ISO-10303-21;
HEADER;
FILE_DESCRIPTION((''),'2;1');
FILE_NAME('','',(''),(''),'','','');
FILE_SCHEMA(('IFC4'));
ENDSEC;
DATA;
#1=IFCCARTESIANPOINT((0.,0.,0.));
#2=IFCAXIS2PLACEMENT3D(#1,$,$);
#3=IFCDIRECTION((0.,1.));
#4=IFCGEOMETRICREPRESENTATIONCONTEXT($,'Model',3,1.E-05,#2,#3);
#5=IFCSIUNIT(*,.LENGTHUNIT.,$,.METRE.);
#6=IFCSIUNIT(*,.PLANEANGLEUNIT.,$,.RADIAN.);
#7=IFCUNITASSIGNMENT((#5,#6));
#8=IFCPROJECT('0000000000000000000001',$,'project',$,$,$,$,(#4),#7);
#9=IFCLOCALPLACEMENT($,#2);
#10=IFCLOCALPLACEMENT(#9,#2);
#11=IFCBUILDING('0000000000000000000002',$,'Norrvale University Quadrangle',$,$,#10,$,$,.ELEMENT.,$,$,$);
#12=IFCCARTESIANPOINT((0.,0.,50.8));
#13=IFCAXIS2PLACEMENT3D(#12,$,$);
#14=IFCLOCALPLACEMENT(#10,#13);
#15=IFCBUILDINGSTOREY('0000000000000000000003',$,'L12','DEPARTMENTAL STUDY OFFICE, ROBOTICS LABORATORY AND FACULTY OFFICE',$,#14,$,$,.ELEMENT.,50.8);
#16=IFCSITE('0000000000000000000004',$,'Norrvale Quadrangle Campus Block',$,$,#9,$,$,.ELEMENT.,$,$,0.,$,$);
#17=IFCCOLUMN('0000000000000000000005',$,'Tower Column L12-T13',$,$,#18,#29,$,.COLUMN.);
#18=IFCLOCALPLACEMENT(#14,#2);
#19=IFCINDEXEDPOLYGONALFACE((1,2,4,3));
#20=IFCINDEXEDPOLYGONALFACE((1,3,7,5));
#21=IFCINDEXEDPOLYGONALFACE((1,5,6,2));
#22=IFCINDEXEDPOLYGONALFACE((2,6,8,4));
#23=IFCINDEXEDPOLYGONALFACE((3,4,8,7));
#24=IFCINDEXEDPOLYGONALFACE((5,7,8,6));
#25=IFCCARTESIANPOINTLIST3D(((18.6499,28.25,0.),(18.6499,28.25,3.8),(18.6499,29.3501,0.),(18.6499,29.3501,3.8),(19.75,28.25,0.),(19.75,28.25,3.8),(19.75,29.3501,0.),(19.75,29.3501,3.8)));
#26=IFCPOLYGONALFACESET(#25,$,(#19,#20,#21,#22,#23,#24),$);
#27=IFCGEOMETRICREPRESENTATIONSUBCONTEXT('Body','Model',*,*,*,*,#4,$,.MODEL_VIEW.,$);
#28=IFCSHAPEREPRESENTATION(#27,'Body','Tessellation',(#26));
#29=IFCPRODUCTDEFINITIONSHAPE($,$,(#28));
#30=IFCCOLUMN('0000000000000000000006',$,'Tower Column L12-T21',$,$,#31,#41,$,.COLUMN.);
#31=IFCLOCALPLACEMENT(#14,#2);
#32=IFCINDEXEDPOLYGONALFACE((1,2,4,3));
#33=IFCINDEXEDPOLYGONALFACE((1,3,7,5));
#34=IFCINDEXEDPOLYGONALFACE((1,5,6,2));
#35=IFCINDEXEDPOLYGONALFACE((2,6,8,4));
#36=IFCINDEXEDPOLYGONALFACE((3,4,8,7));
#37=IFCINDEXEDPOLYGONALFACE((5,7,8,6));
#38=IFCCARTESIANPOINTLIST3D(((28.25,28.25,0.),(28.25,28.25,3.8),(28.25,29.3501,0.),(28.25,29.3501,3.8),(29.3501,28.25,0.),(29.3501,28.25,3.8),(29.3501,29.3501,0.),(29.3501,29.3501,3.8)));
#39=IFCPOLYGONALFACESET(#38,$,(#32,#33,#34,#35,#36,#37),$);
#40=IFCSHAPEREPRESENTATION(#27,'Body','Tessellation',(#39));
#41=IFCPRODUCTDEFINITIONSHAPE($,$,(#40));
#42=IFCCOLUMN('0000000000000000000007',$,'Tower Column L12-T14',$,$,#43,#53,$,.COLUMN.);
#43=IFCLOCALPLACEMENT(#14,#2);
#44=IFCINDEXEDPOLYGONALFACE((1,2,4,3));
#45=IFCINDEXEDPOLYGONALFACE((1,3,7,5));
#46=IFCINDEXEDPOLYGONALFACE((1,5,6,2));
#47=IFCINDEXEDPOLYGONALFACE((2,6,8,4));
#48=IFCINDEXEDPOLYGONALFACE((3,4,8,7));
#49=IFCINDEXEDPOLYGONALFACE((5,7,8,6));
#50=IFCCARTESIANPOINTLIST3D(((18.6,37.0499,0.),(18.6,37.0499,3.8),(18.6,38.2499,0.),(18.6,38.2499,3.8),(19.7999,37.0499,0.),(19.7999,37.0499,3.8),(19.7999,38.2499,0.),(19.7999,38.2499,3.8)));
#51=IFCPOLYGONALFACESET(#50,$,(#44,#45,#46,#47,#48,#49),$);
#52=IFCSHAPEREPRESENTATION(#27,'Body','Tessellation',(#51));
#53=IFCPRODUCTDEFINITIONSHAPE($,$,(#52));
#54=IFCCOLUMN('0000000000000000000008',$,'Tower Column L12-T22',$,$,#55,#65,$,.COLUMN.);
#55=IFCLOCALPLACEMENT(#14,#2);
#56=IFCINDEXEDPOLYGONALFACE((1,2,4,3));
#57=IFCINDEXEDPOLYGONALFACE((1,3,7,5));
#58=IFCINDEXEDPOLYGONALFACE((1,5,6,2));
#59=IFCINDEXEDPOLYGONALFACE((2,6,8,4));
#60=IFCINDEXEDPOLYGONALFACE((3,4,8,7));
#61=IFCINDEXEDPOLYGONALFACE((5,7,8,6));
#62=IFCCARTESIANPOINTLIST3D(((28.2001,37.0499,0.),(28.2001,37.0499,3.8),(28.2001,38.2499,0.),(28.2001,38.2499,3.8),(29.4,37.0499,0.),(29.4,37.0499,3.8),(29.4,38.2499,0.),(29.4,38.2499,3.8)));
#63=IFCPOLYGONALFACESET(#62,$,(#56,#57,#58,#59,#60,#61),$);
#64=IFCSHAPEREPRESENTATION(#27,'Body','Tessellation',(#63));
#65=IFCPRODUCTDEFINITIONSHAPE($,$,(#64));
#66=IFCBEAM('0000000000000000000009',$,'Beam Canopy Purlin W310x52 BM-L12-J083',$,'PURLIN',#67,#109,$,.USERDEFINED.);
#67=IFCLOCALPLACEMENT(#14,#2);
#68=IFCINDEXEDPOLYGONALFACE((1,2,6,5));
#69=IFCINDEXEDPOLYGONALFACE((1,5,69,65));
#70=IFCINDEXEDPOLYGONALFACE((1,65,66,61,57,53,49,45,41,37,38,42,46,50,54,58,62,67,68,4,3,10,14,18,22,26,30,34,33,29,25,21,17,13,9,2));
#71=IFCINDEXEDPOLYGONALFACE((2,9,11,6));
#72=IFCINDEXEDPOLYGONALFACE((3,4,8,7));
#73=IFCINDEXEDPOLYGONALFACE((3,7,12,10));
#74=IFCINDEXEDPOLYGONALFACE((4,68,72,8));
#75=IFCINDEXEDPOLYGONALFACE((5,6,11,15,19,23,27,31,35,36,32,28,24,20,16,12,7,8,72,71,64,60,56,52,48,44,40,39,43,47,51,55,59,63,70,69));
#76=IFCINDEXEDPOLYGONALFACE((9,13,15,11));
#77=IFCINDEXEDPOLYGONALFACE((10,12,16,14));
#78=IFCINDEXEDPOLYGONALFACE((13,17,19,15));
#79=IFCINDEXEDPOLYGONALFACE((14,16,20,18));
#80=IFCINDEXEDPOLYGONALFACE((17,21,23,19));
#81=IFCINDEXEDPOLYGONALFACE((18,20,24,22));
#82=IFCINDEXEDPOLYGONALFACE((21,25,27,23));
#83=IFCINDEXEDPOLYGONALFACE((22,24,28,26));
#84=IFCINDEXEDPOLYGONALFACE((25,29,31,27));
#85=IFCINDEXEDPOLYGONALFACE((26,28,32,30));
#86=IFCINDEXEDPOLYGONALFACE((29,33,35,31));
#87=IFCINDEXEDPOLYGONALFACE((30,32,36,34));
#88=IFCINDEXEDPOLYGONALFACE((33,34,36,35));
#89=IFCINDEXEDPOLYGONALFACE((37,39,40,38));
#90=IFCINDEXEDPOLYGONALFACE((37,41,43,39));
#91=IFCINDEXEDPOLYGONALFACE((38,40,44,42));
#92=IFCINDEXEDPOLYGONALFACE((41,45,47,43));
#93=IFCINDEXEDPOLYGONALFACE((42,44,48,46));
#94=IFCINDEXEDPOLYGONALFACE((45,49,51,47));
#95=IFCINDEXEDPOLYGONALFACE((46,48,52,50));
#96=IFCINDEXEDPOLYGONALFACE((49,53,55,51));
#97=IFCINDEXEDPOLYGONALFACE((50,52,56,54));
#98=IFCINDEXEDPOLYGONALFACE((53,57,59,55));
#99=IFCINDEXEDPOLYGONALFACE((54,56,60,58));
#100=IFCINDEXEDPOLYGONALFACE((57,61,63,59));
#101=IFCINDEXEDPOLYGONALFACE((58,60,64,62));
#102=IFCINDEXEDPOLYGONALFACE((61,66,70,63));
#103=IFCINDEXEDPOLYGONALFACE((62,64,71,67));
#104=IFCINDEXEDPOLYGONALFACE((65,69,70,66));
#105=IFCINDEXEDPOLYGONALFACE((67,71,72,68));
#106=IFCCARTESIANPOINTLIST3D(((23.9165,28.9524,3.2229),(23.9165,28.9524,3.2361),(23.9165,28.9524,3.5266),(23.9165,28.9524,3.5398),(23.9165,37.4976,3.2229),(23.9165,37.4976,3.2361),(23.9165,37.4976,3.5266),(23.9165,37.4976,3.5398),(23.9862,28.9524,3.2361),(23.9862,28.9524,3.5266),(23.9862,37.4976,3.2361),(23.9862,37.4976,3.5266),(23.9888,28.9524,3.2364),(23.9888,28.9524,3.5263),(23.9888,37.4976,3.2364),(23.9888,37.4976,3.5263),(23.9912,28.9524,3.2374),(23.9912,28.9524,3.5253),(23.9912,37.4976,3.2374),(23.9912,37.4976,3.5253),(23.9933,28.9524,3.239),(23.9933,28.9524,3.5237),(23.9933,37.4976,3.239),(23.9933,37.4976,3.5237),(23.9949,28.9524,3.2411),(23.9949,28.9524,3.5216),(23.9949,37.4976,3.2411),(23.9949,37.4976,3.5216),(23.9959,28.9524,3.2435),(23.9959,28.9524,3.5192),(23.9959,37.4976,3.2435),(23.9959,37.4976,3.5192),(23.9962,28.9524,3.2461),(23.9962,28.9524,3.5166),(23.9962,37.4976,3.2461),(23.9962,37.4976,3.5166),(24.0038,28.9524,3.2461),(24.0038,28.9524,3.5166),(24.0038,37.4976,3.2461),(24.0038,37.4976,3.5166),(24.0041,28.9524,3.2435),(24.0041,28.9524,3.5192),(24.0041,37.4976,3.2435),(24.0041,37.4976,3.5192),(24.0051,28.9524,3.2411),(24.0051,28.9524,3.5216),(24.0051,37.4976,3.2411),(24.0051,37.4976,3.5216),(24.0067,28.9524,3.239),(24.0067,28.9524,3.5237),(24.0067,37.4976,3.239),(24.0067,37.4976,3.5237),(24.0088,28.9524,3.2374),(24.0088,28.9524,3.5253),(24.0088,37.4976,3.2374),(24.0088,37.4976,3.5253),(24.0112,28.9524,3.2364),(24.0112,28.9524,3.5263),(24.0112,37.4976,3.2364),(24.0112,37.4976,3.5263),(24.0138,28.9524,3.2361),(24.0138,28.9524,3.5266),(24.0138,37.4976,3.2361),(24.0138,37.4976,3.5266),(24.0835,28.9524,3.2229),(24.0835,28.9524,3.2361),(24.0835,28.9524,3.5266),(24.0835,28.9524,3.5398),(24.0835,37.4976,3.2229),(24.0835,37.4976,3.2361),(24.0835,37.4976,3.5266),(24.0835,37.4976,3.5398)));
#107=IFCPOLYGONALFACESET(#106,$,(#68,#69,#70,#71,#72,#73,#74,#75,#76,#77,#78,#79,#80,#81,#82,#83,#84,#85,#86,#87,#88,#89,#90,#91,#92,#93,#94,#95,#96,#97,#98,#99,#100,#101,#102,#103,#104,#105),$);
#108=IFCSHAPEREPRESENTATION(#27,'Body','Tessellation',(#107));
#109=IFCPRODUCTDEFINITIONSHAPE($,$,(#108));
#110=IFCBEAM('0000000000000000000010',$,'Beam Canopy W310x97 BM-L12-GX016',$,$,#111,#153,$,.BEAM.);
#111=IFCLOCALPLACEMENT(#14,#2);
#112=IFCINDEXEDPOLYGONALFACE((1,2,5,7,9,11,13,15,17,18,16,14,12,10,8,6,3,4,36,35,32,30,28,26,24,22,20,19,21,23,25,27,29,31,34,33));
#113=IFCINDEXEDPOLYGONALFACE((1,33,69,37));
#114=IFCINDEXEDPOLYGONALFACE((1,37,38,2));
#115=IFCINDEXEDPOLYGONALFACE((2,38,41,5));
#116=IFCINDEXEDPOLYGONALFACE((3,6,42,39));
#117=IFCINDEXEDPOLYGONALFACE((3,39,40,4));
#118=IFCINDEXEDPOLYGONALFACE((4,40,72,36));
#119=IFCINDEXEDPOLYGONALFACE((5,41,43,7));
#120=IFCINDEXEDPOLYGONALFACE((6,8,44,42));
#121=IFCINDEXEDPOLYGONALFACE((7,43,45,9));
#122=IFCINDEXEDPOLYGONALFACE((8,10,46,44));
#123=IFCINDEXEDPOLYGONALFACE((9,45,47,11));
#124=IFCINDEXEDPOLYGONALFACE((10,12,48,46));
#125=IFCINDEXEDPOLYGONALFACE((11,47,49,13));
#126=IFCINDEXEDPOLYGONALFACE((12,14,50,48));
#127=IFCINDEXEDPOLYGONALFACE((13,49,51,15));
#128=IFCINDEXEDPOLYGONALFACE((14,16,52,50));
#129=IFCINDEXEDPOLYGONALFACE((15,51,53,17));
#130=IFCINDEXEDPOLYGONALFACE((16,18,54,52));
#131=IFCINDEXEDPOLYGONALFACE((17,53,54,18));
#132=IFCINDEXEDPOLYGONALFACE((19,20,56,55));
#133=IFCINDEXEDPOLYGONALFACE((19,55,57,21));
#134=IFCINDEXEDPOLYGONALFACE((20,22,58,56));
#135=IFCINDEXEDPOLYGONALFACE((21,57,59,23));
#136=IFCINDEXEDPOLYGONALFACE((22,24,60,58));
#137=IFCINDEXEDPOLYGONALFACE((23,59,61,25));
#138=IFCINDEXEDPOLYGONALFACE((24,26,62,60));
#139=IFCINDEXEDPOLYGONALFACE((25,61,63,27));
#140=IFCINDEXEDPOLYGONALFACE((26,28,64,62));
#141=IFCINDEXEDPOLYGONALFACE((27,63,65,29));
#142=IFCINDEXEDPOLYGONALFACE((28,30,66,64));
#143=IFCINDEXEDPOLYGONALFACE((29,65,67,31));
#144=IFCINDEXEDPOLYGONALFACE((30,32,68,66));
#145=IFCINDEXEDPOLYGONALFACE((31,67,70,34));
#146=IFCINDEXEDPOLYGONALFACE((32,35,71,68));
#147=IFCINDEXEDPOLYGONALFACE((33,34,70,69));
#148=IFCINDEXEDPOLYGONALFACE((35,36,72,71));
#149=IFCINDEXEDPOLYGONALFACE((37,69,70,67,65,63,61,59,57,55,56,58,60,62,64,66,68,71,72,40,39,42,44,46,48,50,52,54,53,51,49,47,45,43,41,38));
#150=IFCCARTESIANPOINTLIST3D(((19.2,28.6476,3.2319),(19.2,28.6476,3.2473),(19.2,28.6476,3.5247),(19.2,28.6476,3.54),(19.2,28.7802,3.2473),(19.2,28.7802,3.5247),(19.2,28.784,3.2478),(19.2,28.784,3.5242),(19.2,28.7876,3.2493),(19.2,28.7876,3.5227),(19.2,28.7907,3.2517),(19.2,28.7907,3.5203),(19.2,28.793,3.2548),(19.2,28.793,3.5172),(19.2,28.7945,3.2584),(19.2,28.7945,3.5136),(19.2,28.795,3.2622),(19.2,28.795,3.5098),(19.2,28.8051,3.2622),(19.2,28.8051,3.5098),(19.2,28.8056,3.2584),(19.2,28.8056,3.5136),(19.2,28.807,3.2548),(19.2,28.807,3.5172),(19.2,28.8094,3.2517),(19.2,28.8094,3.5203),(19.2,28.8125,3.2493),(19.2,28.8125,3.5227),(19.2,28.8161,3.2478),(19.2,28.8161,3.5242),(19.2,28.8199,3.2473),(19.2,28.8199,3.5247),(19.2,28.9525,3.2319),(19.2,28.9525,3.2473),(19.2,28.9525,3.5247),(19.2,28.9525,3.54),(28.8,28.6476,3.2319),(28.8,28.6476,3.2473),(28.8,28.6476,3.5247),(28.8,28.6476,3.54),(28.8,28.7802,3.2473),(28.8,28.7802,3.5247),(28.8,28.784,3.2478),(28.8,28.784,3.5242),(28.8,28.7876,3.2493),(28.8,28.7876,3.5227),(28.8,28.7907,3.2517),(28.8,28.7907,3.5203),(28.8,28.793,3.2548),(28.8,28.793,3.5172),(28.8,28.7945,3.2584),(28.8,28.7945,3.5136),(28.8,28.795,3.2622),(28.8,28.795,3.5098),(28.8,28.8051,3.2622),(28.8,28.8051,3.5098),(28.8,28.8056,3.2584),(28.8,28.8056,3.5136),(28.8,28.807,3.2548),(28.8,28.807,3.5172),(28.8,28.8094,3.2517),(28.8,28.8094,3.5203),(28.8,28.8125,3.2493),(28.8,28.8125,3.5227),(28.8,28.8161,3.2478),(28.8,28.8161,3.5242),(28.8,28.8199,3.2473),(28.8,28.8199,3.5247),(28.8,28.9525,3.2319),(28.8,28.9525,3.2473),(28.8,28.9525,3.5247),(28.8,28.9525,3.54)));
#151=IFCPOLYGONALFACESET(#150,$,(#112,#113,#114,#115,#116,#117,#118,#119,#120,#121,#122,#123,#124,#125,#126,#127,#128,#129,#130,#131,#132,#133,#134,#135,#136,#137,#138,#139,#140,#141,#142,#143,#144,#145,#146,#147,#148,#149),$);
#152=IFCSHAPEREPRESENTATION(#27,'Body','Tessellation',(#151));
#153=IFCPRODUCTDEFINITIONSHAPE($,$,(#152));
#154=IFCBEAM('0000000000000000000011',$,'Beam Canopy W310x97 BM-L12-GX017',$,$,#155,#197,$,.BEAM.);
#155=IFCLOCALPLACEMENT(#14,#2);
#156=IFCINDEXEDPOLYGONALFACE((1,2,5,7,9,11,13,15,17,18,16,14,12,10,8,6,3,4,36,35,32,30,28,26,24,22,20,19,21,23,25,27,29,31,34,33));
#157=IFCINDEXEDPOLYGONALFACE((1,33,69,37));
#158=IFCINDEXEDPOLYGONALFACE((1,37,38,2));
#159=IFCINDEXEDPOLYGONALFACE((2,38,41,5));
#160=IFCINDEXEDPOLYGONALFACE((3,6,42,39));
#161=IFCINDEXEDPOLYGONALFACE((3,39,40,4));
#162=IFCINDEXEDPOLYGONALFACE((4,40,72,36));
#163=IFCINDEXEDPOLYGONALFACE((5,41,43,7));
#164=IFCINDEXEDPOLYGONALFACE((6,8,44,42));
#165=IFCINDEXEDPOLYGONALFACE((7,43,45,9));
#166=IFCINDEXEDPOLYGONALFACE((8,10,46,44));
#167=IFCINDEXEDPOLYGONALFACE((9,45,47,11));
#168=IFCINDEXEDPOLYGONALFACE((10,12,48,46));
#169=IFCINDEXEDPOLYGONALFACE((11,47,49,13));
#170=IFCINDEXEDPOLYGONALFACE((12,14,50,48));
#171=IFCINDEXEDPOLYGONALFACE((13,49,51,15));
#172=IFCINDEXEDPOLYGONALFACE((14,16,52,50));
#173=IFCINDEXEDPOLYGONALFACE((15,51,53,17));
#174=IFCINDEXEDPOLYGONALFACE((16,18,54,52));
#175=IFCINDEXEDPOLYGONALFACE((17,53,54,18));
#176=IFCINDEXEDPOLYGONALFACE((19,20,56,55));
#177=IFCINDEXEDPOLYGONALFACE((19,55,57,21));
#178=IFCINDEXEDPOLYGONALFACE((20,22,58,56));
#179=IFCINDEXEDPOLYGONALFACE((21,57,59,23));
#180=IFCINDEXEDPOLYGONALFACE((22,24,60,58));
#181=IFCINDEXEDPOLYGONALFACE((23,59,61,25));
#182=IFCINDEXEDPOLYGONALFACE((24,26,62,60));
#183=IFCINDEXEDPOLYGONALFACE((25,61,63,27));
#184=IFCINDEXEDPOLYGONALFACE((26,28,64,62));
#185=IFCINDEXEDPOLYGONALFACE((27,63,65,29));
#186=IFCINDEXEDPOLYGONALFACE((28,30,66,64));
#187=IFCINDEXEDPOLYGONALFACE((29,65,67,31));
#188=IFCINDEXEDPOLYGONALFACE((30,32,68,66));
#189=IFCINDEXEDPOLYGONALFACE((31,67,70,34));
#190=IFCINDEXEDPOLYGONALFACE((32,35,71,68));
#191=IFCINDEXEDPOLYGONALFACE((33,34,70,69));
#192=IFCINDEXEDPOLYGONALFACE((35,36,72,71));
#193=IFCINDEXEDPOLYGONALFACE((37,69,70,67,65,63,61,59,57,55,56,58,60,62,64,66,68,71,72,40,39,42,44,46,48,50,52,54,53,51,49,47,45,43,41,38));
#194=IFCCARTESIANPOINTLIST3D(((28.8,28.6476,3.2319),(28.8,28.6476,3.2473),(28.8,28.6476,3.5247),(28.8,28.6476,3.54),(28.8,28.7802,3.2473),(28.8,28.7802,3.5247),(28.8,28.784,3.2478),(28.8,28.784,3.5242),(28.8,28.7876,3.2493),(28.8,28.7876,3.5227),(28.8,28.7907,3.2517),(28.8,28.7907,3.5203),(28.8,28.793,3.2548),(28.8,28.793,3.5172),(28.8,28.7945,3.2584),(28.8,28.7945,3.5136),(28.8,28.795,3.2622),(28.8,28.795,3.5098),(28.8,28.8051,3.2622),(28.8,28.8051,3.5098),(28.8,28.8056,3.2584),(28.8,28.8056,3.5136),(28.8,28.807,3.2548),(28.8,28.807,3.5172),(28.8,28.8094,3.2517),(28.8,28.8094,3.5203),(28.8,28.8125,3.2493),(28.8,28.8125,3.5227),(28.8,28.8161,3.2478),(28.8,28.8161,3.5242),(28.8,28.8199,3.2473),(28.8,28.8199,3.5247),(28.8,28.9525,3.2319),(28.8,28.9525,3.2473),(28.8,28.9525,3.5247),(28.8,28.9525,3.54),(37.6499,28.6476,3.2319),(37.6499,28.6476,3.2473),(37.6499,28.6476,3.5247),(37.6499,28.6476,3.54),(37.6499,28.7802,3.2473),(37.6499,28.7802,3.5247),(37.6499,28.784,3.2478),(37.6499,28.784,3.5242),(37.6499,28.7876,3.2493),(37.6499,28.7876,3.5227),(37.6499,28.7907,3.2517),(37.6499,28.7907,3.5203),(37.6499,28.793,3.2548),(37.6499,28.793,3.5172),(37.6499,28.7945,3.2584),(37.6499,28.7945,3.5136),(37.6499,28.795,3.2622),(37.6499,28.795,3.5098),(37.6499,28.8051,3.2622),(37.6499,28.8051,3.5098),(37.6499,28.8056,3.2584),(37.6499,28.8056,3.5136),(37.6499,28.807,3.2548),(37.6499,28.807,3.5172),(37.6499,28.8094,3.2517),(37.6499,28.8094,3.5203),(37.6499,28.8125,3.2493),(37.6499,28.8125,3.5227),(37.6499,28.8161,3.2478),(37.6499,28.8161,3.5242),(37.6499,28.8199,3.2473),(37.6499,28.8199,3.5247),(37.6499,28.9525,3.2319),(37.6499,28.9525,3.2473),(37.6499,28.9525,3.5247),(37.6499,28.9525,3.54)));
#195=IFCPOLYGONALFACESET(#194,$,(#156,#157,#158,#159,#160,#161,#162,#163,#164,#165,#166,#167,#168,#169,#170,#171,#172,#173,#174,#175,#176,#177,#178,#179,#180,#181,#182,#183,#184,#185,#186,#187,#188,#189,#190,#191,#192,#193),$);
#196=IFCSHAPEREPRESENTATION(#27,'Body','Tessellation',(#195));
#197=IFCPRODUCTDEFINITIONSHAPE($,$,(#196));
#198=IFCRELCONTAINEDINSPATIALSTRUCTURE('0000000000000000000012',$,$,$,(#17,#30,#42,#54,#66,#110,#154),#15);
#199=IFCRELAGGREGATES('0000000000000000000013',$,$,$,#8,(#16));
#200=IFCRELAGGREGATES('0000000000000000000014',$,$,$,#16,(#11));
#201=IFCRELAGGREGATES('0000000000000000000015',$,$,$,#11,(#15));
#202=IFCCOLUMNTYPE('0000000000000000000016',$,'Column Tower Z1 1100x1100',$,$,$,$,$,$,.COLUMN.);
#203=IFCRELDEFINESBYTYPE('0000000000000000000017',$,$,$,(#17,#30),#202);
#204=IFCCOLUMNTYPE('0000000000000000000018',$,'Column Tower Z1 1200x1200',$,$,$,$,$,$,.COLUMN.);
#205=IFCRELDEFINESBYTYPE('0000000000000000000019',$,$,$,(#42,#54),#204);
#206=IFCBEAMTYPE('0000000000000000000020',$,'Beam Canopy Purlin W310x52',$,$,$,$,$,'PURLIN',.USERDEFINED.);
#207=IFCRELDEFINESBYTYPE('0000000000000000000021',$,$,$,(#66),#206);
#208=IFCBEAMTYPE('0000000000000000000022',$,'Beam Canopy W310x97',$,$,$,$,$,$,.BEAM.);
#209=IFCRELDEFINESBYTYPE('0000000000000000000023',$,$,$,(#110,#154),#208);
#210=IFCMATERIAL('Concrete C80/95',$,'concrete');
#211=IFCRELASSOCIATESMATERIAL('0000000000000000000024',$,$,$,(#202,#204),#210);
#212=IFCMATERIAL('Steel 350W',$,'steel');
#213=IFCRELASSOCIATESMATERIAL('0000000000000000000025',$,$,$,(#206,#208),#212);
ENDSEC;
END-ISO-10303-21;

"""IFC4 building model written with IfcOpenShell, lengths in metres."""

from ifc_helpers import new_model, si_unit, direction, frame, origin, origin_2d, place, context, subcontext, project, spatial, rectangle, i_section, extrude, material, material_profile, profile_set, type_object, element, save


model = new_model("IFC4")

# Units and contexts
model_context = context("Model", 3, precision=1e-05, world=origin(), true_north=direction((0.0, 1.0)))
body_context = subcontext(model_context, "Body", "Model", "MODEL_VIEW")
ifc_project = project(units=[si_unit("LENGTHUNIT", "METRE"), si_unit("PLANEANGLEUNIT", "RADIAN")], contexts=[model_context])

# Site, building, storey
site_placement = place(None, origin())
site = spatial("IfcSite", under=ifc_project, at=site_placement, Name="Norrvale Quadrangle Campus Block", CompositionType="ELEMENT", RefElevation=0.0)
building_placement = place(site_placement, origin())
building = spatial("IfcBuilding", under=site, at=building_placement, Name="Norrvale University Quadrangle", CompositionType="ELEMENT")
storey_placement = place(building_placement, frame((0.0, 0.0, 50.8)))
storey = spatial("IfcBuildingStorey", under=building, at=storey_placement, Name="L12", Description="DEPARTMENTAL STUDY OFFICE, ROBOTICS LABORATORY AND FACULTY OFFICE", CompositionType="ELEMENT", Elevation=50.8)

# Columns
ifc_material_1 = material(Name="Concrete C80/95", Category="concrete")
ifc_material_profile_1 = material_profile(ifc_material_1, rectangle(XDim=1.1001, YDim=1.1001, at=origin_2d()), Name="Concrete C80/95")
ifc_profile_set_1 = profile_set([ifc_material_profile_1], Name="Concrete C80/95")
column_type_1 = type_object("IfcColumnType", Name="Column Tower Z1 1100x1100", PredefinedType="COLUMN", material=ifc_profile_set_1)
for number, where, z_axis, x_axis, name in (
    (1, (19.2, 28.8, 0.0), (0.0, 0.0, 1.0), (1.0, 0.0, 0.0), "Tower Column L12-T13"),
    (2, (28.8, 28.8, 0.0), (0.0, 0.0, 1.0), (1.0, 0.0, 0.0), "Tower Column L12-T21"),
):
    element("IfcColumn", number, at=place(storey_placement, frame(where, z_axis=z_axis, x_axis=x_axis)), inside=storey, type_object=column_type_1, Name=name, PredefinedType="COLUMN", context=body_context, shape_type="SweptSolid", body=[
        extrude(rectangle(XDim=1.1001, YDim=1.1001, at=origin_2d()), origin(), (0.0, 0.0, 1.0), 3.8),
    ])
ifc_material_profile_2 = material_profile(ifc_material_1, rectangle(XDim=1.2, YDim=1.2, at=origin_2d()), Name="Concrete C80/95")
ifc_profile_set_2 = profile_set([ifc_material_profile_2], Name="Concrete C80/95")
column_type_2 = type_object("IfcColumnType", Name="Column Tower Z1 1200x1200", PredefinedType="COLUMN", material=ifc_profile_set_2)
for number, where, z_axis, x_axis, name in (
    (3, (19.2, 37.6499, 0.0), (0.0, 0.0, 1.0), (1.0, 0.0, 0.0), "Tower Column L12-T14"),
    (4, (28.8, 37.6499, 0.0), (0.0, 0.0, 1.0), (1.0, 0.0, 0.0), "Tower Column L12-T22"),
):
    element("IfcColumn", number, at=place(storey_placement, frame(where, z_axis=z_axis, x_axis=x_axis)), inside=storey, type_object=column_type_2, Name=name, PredefinedType="COLUMN", context=body_context, shape_type="SweptSolid", body=[
        extrude(rectangle(XDim=1.2, YDim=1.2, at=origin_2d()), origin(), (0.0, 0.0, 1.0), 3.8),
    ])

# Beams
ifc_material_2 = material(Name="Steel 350W", Category="steel")
ifc_material_profile_3 = material_profile(ifc_material_2, i_section(OverallWidth=0.167, OverallDepth=0.3169, WebThickness=0.0076, FlangeThickness=0.0132, FilletRadius=0.01, at=origin_2d()), Name="Steel 350W")
ifc_profile_set_3 = profile_set([ifc_material_profile_3], Name="Steel 350W")
beam_type_1 = type_object("IfcBeamType", Name="Beam Canopy Purlin W310x52", ElementType="PURLIN", PredefinedType="USERDEFINED", material=ifc_profile_set_3)
beam_1_placement = place(storey_placement, frame((24.0, 28.9524, 3.3813), z_axis=(0.0, 1.0, 0.0), x_axis=(-1.0, 0.0, 0.0)))
element("IfcBeam", 5, at=beam_1_placement, inside=storey, type_object=beam_type_1, Name="Beam Canopy Purlin W310x52 BM-L12-J083", ObjectType="PURLIN", PredefinedType="USERDEFINED", context=body_context, shape_type="SweptSolid", body=[
    extrude(i_section(OverallWidth=0.167, OverallDepth=0.3169, WebThickness=0.0076, FlangeThickness=0.0132, FilletRadius=0.01, at=origin_2d()), origin(), (0.0, 0.0, 1.0), 8.5452),
])
ifc_material_profile_4 = material_profile(ifc_material_2, i_section(OverallWidth=0.3049, OverallDepth=0.3081, WebThickness=0.01, FlangeThickness=0.0154, FilletRadius=0.0149, at=origin_2d()), Name="Steel 350W")
ifc_profile_set_4 = profile_set([ifc_material_profile_4], Name="Steel 350W")
beam_type_2 = type_object("IfcBeamType", Name="Beam Canopy W310x97", PredefinedType="BEAM", material=ifc_profile_set_4)
beam_2_placement = place(storey_placement, frame((19.2, 28.8, 3.386), z_axis=(1.0, 0.0, 0.0), x_axis=(0.0, 1.0, 0.0)))
element("IfcBeam", 6, at=beam_2_placement, inside=storey, type_object=beam_type_2, Name="Beam Canopy W310x97 BM-L12-GX016", PredefinedType="BEAM", context=body_context, shape_type="SweptSolid", body=[
    extrude(i_section(OverallWidth=0.3049, OverallDepth=0.3081, WebThickness=0.01, FlangeThickness=0.0154, FilletRadius=0.0149, at=origin_2d()), origin(), (0.0, 0.0, 1.0), 9.6001),
])
beam_3_placement = place(storey_placement, frame((28.8, 28.8, 3.386), z_axis=(1.0, 0.0, 0.0), x_axis=(0.0, 1.0, 0.0)))
element("IfcBeam", 7, at=beam_3_placement, inside=storey, type_object=beam_type_2, Name="Beam Canopy W310x97 BM-L12-GX017", PredefinedType="BEAM", context=body_context, shape_type="SweptSolid", body=[
    extrude(i_section(OverallWidth=0.3049, OverallDepth=0.3081, WebThickness=0.01, FlangeThickness=0.0154, FilletRadius=0.0149, at=origin_2d()), origin(), (0.0, 0.0, 1.0), 8.8499),
])

save(model, "model.ifc")
